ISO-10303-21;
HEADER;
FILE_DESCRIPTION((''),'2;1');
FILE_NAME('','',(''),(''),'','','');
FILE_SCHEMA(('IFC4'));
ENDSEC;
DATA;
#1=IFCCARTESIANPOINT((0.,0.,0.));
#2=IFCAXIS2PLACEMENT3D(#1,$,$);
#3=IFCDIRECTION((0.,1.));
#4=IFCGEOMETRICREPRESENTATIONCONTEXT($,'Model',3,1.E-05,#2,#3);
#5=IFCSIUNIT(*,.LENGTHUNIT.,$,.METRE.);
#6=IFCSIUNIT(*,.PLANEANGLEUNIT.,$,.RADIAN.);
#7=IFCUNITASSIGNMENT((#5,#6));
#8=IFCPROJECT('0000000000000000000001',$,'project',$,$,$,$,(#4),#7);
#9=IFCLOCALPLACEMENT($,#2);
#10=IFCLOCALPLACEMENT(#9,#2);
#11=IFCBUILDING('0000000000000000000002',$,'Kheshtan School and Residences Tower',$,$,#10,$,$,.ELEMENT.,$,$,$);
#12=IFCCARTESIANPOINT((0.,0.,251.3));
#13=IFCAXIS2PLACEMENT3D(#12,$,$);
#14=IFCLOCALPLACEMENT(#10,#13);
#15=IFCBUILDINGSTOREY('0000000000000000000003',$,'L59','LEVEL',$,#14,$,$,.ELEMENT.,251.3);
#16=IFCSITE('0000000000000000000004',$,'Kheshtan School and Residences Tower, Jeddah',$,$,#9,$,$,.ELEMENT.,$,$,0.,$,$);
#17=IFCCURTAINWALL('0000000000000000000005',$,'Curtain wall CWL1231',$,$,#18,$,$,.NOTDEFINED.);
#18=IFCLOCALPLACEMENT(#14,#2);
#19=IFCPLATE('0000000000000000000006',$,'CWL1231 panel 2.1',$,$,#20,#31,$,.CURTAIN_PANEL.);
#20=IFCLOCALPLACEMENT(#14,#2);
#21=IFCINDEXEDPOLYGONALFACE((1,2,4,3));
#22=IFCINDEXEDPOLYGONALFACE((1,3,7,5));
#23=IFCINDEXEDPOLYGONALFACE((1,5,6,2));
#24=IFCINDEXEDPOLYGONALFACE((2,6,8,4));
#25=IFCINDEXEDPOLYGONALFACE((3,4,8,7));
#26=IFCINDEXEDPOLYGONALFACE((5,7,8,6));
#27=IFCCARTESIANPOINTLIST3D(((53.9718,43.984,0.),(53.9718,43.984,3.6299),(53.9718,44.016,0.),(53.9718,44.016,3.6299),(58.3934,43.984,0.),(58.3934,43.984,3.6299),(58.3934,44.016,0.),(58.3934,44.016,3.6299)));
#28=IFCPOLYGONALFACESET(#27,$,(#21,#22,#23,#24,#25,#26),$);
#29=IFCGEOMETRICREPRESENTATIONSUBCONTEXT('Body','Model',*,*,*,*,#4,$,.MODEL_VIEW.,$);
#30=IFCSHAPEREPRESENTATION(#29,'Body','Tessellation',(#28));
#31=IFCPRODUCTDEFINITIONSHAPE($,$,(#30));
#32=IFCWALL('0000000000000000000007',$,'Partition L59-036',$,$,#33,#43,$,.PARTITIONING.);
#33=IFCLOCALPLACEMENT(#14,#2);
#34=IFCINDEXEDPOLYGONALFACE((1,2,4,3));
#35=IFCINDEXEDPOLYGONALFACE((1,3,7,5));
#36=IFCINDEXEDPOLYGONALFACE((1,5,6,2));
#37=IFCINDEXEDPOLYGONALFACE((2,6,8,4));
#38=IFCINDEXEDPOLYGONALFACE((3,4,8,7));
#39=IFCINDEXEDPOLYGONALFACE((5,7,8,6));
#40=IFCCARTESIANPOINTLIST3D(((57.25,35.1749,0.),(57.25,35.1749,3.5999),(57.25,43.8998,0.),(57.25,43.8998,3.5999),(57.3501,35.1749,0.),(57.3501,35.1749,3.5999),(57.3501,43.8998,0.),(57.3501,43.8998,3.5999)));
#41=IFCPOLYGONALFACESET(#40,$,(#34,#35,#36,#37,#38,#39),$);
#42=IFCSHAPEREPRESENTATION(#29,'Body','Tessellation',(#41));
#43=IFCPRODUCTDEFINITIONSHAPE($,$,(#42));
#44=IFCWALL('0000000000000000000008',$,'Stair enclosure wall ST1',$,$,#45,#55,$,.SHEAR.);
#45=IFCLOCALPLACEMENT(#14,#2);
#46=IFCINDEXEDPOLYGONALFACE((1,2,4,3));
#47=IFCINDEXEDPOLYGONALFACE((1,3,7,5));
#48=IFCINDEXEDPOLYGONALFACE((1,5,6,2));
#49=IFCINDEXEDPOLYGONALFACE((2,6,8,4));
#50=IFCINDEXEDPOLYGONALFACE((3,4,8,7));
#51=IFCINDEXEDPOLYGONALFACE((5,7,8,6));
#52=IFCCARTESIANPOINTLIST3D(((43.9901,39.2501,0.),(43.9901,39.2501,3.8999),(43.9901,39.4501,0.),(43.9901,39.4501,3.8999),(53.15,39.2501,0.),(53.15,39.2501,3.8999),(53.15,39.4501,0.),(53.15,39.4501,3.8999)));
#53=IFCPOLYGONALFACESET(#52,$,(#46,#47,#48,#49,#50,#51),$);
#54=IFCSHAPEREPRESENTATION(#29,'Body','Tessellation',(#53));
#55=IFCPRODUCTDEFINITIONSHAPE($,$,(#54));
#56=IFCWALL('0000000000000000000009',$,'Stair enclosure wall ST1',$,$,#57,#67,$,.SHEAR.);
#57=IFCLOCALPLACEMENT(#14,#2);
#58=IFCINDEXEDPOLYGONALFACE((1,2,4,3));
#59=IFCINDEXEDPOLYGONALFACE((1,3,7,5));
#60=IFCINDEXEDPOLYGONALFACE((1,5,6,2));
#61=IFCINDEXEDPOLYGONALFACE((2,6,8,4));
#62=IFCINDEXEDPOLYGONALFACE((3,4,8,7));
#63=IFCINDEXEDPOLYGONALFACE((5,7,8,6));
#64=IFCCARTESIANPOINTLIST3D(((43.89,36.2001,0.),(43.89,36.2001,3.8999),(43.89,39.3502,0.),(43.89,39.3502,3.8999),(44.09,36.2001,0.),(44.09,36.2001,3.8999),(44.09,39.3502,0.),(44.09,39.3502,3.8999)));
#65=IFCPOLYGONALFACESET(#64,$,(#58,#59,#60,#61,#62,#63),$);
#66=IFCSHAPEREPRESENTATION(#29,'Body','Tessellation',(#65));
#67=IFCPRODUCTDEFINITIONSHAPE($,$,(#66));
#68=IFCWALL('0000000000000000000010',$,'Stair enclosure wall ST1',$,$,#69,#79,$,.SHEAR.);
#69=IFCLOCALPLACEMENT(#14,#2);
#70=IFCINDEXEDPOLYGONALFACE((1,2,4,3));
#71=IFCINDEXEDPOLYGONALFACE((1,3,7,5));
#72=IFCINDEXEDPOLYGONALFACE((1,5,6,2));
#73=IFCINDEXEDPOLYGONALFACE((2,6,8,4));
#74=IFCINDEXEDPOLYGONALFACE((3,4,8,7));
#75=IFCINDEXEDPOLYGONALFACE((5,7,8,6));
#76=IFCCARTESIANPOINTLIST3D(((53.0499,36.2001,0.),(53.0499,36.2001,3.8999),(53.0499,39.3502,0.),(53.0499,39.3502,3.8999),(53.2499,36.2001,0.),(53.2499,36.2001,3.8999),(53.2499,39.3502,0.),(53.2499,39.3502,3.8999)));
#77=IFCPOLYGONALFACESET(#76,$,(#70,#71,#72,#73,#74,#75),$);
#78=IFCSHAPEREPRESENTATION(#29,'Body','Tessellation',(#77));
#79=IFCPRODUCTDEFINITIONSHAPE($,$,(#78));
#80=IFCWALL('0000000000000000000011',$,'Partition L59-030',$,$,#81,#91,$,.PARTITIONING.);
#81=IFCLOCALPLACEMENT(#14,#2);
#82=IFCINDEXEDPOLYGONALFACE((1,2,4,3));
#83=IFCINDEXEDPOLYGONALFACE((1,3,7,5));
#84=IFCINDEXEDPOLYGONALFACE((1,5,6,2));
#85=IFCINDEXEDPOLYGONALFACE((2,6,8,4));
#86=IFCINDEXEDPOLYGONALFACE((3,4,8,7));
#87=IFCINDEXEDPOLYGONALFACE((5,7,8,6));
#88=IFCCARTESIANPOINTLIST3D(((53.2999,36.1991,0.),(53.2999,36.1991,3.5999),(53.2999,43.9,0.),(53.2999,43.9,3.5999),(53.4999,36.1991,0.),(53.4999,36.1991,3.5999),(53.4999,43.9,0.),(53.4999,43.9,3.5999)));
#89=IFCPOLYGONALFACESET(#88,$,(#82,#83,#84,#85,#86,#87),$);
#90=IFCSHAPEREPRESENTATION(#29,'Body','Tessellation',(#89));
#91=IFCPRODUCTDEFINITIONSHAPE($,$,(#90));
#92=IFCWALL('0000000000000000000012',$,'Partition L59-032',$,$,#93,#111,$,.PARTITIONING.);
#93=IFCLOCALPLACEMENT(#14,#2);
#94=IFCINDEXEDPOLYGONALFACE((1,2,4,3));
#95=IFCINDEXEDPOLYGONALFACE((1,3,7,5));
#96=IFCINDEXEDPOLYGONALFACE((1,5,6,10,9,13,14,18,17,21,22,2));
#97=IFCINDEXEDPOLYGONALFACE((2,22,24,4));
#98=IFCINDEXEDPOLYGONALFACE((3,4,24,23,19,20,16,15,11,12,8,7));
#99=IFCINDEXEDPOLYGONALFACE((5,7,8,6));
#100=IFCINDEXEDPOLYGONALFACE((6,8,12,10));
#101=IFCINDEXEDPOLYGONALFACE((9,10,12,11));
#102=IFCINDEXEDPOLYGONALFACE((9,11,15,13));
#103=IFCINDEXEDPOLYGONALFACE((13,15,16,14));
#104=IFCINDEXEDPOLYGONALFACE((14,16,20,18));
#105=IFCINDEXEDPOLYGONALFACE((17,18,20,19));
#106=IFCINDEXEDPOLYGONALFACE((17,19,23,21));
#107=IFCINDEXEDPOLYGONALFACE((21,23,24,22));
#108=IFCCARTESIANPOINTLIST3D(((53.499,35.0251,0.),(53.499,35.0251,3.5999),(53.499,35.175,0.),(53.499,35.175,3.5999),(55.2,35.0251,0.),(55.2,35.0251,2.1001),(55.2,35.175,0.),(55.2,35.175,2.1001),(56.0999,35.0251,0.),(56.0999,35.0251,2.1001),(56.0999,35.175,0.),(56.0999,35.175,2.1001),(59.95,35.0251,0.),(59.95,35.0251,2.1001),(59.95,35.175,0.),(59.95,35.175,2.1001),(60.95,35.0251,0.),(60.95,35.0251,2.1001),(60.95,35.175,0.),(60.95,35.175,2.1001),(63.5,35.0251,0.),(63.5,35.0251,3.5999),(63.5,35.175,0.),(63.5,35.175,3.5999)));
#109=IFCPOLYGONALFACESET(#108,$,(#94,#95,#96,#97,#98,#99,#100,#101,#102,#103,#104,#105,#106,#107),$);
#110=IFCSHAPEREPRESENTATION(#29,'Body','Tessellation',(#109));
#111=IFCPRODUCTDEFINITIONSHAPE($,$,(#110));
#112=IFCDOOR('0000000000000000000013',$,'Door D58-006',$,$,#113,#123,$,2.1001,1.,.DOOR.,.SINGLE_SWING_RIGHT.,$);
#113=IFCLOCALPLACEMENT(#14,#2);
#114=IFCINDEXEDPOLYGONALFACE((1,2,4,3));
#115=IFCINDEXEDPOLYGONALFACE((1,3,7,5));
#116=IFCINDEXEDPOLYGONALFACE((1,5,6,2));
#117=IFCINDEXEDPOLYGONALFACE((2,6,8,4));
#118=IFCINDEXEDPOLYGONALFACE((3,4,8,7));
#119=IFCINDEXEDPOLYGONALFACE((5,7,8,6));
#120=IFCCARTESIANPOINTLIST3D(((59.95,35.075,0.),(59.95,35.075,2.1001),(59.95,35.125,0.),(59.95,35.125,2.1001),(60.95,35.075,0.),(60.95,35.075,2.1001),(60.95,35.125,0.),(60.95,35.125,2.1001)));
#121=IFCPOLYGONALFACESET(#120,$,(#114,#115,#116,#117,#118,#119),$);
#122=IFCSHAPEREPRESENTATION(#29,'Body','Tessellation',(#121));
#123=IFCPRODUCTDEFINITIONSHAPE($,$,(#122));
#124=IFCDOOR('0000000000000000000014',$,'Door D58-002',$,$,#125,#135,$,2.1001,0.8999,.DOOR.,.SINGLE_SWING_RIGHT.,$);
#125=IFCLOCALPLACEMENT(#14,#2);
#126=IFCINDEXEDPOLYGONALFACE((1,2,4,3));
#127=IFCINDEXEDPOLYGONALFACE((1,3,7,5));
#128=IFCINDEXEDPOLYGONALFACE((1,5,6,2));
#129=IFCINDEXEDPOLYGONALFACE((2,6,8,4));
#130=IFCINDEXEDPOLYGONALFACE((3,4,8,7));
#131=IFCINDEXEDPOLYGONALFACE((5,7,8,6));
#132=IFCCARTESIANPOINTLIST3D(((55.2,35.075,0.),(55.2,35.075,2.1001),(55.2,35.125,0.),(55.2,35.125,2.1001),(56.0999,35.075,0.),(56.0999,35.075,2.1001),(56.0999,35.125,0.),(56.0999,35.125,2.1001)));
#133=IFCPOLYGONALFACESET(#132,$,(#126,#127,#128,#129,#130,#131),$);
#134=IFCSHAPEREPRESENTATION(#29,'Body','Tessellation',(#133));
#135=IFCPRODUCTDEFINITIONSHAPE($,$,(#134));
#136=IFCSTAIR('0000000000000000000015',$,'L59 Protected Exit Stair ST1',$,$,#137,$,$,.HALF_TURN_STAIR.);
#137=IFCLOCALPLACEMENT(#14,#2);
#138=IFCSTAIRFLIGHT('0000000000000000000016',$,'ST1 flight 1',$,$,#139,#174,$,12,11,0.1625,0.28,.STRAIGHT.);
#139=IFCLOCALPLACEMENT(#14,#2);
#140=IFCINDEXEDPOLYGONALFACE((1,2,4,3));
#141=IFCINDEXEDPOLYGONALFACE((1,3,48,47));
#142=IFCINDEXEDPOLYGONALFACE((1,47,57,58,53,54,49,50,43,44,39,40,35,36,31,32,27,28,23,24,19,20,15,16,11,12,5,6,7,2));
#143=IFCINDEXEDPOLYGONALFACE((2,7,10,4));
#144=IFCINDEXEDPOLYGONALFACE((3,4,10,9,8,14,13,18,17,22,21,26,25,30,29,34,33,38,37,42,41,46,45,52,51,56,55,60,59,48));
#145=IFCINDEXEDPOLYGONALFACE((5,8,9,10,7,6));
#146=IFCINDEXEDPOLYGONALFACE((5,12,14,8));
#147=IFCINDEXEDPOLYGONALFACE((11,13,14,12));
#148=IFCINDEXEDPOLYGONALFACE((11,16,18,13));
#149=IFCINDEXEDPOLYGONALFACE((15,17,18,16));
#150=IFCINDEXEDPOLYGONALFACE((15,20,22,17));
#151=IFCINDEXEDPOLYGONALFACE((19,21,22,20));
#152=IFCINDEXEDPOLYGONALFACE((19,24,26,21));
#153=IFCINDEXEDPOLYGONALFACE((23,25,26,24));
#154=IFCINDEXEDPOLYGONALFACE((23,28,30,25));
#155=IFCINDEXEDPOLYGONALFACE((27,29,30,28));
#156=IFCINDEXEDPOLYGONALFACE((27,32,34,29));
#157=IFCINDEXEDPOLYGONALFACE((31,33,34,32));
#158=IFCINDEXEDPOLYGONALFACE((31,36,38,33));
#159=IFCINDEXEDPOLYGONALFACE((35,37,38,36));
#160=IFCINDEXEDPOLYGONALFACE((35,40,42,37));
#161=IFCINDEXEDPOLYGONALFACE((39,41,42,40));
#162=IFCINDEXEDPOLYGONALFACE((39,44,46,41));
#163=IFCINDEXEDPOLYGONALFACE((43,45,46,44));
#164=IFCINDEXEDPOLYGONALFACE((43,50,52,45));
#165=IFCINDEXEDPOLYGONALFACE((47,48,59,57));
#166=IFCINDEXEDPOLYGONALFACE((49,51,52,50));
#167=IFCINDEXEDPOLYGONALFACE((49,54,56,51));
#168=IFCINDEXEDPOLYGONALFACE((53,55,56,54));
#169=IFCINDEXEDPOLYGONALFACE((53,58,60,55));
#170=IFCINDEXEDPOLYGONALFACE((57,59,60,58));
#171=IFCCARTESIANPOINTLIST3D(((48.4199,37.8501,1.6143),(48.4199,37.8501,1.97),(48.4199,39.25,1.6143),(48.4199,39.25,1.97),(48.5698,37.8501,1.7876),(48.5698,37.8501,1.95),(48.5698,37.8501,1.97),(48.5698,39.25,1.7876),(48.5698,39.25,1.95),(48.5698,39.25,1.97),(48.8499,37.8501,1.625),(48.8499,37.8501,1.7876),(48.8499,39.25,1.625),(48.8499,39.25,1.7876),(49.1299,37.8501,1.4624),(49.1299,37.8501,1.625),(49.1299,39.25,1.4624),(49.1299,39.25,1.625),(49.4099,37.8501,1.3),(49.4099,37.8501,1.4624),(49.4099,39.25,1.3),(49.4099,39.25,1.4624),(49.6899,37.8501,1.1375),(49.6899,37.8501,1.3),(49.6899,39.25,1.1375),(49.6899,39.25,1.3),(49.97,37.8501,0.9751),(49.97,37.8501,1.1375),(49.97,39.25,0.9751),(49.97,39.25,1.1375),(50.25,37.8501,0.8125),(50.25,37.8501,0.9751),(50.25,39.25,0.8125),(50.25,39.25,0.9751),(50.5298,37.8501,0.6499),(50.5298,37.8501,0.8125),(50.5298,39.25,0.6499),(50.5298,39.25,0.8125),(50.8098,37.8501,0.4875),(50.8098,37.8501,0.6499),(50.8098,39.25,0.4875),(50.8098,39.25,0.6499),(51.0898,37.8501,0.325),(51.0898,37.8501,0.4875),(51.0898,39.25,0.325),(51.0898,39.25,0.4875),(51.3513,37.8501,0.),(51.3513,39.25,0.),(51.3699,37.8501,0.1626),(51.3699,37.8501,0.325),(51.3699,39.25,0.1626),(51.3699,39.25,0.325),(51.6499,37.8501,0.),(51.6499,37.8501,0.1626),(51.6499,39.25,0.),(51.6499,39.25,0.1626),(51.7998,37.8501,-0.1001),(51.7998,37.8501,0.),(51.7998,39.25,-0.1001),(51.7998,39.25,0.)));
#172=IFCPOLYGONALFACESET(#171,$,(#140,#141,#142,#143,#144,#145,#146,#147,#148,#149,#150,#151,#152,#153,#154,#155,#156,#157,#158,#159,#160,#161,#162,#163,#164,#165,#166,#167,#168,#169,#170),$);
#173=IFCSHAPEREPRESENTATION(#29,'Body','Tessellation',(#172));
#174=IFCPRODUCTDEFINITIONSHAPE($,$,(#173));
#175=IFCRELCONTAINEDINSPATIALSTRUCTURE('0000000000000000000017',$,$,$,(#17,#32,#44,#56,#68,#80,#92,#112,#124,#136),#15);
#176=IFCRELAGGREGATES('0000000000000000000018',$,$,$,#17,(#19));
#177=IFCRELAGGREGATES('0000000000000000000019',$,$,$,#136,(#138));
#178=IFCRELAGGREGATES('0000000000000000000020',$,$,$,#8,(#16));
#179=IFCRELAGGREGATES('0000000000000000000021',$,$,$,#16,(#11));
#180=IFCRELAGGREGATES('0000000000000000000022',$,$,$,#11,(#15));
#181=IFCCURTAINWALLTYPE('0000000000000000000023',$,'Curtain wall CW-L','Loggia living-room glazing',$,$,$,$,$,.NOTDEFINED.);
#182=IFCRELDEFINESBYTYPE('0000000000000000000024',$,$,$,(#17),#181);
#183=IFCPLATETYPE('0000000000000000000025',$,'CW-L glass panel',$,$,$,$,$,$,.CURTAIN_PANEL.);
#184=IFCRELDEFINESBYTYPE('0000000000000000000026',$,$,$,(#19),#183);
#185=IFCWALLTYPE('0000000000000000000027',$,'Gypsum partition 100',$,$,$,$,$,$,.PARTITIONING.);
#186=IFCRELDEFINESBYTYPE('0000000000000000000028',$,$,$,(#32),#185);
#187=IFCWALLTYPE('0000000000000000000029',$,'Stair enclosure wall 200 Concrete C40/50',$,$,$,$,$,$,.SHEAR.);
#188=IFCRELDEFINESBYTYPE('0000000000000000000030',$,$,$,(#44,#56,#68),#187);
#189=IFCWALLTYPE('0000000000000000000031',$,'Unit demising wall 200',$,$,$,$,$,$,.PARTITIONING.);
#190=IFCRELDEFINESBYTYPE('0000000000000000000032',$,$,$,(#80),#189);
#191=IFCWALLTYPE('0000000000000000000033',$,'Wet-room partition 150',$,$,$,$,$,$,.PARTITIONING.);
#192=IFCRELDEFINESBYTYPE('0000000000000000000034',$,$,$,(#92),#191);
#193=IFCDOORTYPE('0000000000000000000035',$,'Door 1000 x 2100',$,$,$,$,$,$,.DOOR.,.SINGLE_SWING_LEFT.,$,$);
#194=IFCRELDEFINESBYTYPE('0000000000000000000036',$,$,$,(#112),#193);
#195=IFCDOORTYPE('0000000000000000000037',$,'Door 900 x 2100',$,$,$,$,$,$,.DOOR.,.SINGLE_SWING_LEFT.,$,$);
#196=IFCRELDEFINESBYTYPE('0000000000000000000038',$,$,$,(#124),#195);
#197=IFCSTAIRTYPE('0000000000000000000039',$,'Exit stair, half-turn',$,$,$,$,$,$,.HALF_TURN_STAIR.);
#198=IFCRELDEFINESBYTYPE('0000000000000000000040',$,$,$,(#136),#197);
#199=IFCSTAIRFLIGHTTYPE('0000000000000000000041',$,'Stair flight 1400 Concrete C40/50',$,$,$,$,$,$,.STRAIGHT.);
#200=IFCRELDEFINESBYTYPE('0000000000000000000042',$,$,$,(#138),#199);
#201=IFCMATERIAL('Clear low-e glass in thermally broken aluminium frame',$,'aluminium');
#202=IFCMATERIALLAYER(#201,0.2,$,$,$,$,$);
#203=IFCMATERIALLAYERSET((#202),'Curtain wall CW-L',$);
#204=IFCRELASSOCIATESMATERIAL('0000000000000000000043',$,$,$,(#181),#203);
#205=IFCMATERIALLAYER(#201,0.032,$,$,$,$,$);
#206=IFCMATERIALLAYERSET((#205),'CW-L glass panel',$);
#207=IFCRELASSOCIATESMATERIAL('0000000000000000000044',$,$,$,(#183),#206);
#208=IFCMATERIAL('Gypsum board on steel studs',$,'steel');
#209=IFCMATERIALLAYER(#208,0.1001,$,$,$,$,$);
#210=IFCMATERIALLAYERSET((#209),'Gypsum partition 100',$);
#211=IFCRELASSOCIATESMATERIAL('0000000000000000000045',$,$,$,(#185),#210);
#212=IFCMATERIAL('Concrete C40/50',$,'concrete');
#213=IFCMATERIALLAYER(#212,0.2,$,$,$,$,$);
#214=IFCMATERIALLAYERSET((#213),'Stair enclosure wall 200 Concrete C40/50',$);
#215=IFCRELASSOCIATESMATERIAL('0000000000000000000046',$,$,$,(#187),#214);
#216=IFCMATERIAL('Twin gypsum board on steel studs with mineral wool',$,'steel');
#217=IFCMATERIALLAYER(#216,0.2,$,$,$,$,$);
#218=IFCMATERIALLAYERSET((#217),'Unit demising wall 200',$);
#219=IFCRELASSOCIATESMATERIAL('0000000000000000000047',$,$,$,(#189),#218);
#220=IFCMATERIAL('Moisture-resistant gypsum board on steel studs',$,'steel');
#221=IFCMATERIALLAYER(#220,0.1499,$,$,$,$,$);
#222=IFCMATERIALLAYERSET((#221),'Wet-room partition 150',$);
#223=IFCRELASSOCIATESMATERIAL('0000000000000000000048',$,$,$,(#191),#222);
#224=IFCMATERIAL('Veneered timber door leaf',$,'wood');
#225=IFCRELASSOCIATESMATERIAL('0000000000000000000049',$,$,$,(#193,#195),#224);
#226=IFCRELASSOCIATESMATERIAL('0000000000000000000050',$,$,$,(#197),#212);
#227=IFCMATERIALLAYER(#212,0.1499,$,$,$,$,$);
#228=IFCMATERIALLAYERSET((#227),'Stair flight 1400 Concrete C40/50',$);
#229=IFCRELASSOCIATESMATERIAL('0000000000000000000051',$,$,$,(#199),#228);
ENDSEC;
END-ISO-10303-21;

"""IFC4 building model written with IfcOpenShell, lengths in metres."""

from ifc_helpers import new_model, si_unit, direction, frame, frame_2d, origin, origin_2d, place, context, subcontext, project, spatial, polyline, rectangle, outline, extrude, source, transform, mapped, material, layer, layer_set, type_object, element, fill, aggregate, save


model = new_model("IFC4")

# Units and contexts
model_context = context("Model", 3, precision=1e-05, world=origin(), true_north=direction((0.0, 1.0)))
body_context = subcontext(model_context, "Body", "Model", "MODEL_VIEW")
ifc_project = project(units=[si_unit("LENGTHUNIT", "METRE"), si_unit("PLANEANGLEUNIT", "RADIAN")], contexts=[model_context])

# Site, building, storey
site_placement = place(None, origin())
site = spatial("IfcSite", under=ifc_project, at=site_placement, Name="Kheshtan School and Residences Tower, Jeddah", CompositionType="ELEMENT", RefElevation=0.0)
building_placement = place(site_placement, origin())
building = spatial("IfcBuilding", under=site, at=building_placement, Name="Kheshtan School and Residences Tower", CompositionType="ELEMENT")
storey_placement = place(building_placement, frame((0.0, 0.0, 251.3)))
storey = spatial("IfcBuildingStorey", under=building, at=storey_placement, Name="L59", Description="LEVEL", CompositionType="ELEMENT", Elevation=251.3)

# Curtain wall, plate
ifc_material_1 = material(Name="Clear low-e glass in thermally broken aluminium frame", Category="aluminium")
ifc_layer_1 = layer(ifc_material_1, 0.2)
ifc_layer_set_1 = layer_set([ifc_layer_1], Name="Curtain wall CW-L")
curtain_wall_type = type_object("IfcCurtainWallType", Name="Curtain wall CW-L", Description="Loggia living-room glazing", PredefinedType="NOTDEFINED", material=ifc_layer_set_1)
curtain_wall_placement = place(storey_placement, origin())
curtain_wall = element("IfcCurtainWall", 1, at=curtain_wall_placement, inside=storey, type_object=curtain_wall_type, Name="Curtain wall CWL1231", PredefinedType="NOTDEFINED")
ifc_layer_2 = layer(ifc_material_1, 0.032)
ifc_layer_set_2 = layer_set([ifc_layer_2], Name="CW-L glass panel")
plate_type = type_object("IfcPlateType", Name="CW-L glass panel", PredefinedType="CURTAIN_PANEL", material=ifc_layer_set_2)
plate_1_placement = place(storey_placement, frame((56.1826, 44.0, 0.0), z_axis=(0.0, 0.0, 1.0), x_axis=(1.0, 0.0, 0.0)))
plate_1 = element("IfcPlate", 2, at=plate_1_placement, type_object=plate_type, Name="CWL1231 panel 2.1", PredefinedType="CURTAIN_PANEL", context=body_context, shape_type="SweptSolid", body=[
    extrude(rectangle(XDim=4.4216, YDim=0.032, at=origin_2d()), origin(), (0.0, 0.0, 1.0), 3.6299),
])
aggregate(curtain_wall, [plate_1])

# Walls
ifc_material_2 = material(Name="Gypsum board on steel studs", Category="steel")
ifc_layer_3 = layer(ifc_material_2, 0.1001)
ifc_layer_set_3 = layer_set([ifc_layer_3], Name="Gypsum partition 100")
wall_type_1 = type_object("IfcWallType", Name="Gypsum partition 100", PredefinedType="PARTITIONING", material=ifc_layer_set_3)
wall_1_placement = place(storey_placement, frame((57.3, 35.175, 0.0), z_axis=(0.0, 0.0, 1.0), x_axis=(0.0, 1.0, 0.0)))
element("IfcWall", 3, at=wall_1_placement, inside=storey, type_object=wall_type_1, Name="Partition L59-036", PredefinedType="PARTITIONING", context=body_context, shape_type="SweptSolid", body=[
    extrude(rectangle(XDim=8.7249, YDim=0.1001, at=frame_2d((4.3623, 0.0))), origin(), (0.0, 0.0, 1.0), 3.5999),
])
ifc_material_3 = material(Name="Concrete C40/50", Category="concrete")
ifc_layer_4 = layer(ifc_material_3, 0.2)
ifc_layer_set_4 = layer_set([ifc_layer_4], Name="Stair enclosure wall 200 Concrete C40/50")
wall_type_2 = type_object("IfcWallType", Name="Stair enclosure wall 200 Concrete C40/50", PredefinedType="SHEAR", material=ifc_layer_set_4)
wall_2_placement = place(storey_placement, frame((43.99, 39.3501, 0.0), z_axis=(0.0, 0.0, 1.0), x_axis=(1.0, 0.0, 0.0)))
element("IfcWall", 4, at=wall_2_placement, inside=storey, type_object=wall_type_2, Name="Stair enclosure wall ST1", PredefinedType="SHEAR", context=body_context, shape_type="SweptSolid", body=[
    extrude(rectangle(XDim=9.1599, YDim=0.2, at=frame_2d((4.5801, 0.0))), origin(), (0.0, 0.0, 1.0), 3.8999),
])
for number, where, z_axis, x_axis, name in (
    (5, (43.99, 36.2, 0.0), (0.0, 0.0, 1.0), (0.0, 1.0, 0.0), "Stair enclosure wall ST1"),
    (6, (53.1499, 36.2, 0.0), (0.0, 0.0, 1.0), (0.0, 1.0, 0.0), "Stair enclosure wall ST1"),
):
    element("IfcWall", number, at=place(storey_placement, frame(where, z_axis=z_axis, x_axis=x_axis)), inside=storey, type_object=wall_type_2, Name=name, PredefinedType="SHEAR", context=body_context, shape_type="SweptSolid", body=[
        extrude(rectangle(XDim=3.1501, YDim=0.2, at=frame_2d((1.5752, 0.0))), origin(), (0.0, 0.0, 1.0), 3.8999),
    ])
ifc_material_4 = material(Name="Twin gypsum board on steel studs with mineral wool", Category="steel")
ifc_layer_5 = layer(ifc_material_4, 0.2)
ifc_layer_set_5 = layer_set([ifc_layer_5], Name="Unit demising wall 200")
wall_type_3 = type_object("IfcWallType", Name="Unit demising wall 200", PredefinedType="PARTITIONING", material=ifc_layer_set_5)
wall_3_placement = place(storey_placement, frame((53.3999, 36.199, 0.0), z_axis=(0.0, 0.0, 1.0), x_axis=(0.0, 1.0, 0.0)))
element("IfcWall", 7, at=wall_3_placement, inside=storey, type_object=wall_type_3, Name="Partition L59-030", PredefinedType="PARTITIONING", context=body_context, shape_type="SweptSolid", body=[
    extrude(rectangle(XDim=7.7009, YDim=0.2, at=frame_2d((3.8506, 0.0))), origin(), (0.0, 0.0, 1.0), 3.5999),
])

# Wall, openings, doors
ifc_material_5 = material(Name="Moisture-resistant gypsum board on steel studs", Category="steel")
ifc_layer_6 = layer(ifc_material_5, 0.1499)
ifc_layer_set_6 = layer_set([ifc_layer_6], Name="Wet-room partition 150")
wall_type_4 = type_object("IfcWallType", Name="Wet-room partition 150", PredefinedType="PARTITIONING", material=ifc_layer_set_6)
wall_4_placement = place(storey_placement, frame((53.499, 35.1001, 0.0), z_axis=(0.0, 0.0, 1.0), x_axis=(1.0, 0.0, 0.0)))
wall_4 = element("IfcWall", 8, at=wall_4_placement, inside=storey, type_object=wall_type_4, Name="Partition L59-032", PredefinedType="PARTITIONING", context=body_context, shape_type="SweptSolid", body=[
    extrude(rectangle(XDim=10.001, YDim=0.1499, at=frame_2d((5.0005, 0.0))), origin(), (0.0, 0.0, 1.0), 3.5999),
])
opening_1_placement = place(wall_4_placement, frame((1.7009, 0.0, 0.0)))
opening_1 = element("IfcOpeningElement", 9, at=opening_1_placement, cuts=wall_4, PredefinedType="OPENING", context=body_context, shape_type="SweptSolid", body=[
    extrude(rectangle(XDim=0.8999, YDim=2.1001, at=frame_2d((0.45, 1.05))), frame((0.0, 0.085, 0.0), z_axis=(0.0, -1.0, 0.0), x_axis=(1.0, 0.0, 0.0)), (0.0, 0.0, 1.0), 0.1699),
])
opening_2_placement = place(wall_4_placement, frame((6.4509, 0.0, 0.0)))
opening_2 = element("IfcOpeningElement", 10, at=opening_2_placement, cuts=wall_4, PredefinedType="OPENING", context=body_context, shape_type="SweptSolid", body=[
    extrude(rectangle(XDim=1.0, YDim=2.1001, at=frame_2d((0.5, 1.05))), frame((0.0, 0.085, 0.0), z_axis=(0.0, -1.0, 0.0), x_axis=(1.0, 0.0, 0.0)), (0.0, 0.0, 1.0), 0.1699),
])
ifc_material_6 = material(Name="Veneered timber door leaf", Category="wood")
door_type_1 = type_object("IfcDoorType", Name="Door 1000 x 2100", OperationType="SINGLE_SWING_LEFT", PredefinedType="DOOR", material=ifc_material_6)
shared_shape_1 = source(origin(), body_context, "Body", "SweptSolid", [
    extrude(rectangle(XDim=1.0, YDim=2.1001, at=frame_2d((0.5, 1.05))), frame((0.0, 0.0249, 0.0), z_axis=(0.0, -1.0, 0.0), x_axis=(1.0, 0.0, 0.0)), (0.0, 0.0, 1.0), 0.05),
])
door_1_placement = place(opening_2_placement, origin())
door_1 = element("IfcDoor", 11, at=door_1_placement, inside=storey, type_object=door_type_1, Name="Door D58-006", OperationType="SINGLE_SWING_RIGHT", OverallHeight=2.1001, OverallWidth=1.0, PredefinedType="DOOR", context=body_context, shape_type="MappedRepresentation", body=[
    mapped(shared_shape_1, transform((0.0, 0.0, 0.0), x_axis=(1.0, 0.0, 0.0), y_axis=(0.0, 1.0, 0.0), z_axis=(0.0, 0.0, 1.0), scale=1.0)),
])
fill(opening_2, door_1)
door_type_2 = type_object("IfcDoorType", Name="Door 900 x 2100", OperationType="SINGLE_SWING_LEFT", PredefinedType="DOOR", material=ifc_material_6)
shared_shape_2 = source(origin(), body_context, "Body", "SweptSolid", [
    extrude(rectangle(XDim=0.8999, YDim=2.1001, at=frame_2d((0.45, 1.05))), frame((0.0, 0.0249, 0.0), z_axis=(0.0, -1.0, 0.0), x_axis=(1.0, 0.0, 0.0)), (0.0, 0.0, 1.0), 0.05),
])
door_2_placement = place(opening_1_placement, origin())
door_2 = element("IfcDoor", 12, at=door_2_placement, inside=storey, type_object=door_type_2, Name="Door D58-002", OperationType="SINGLE_SWING_RIGHT", OverallHeight=2.1001, OverallWidth=0.8999, PredefinedType="DOOR", context=body_context, shape_type="MappedRepresentation", body=[
    mapped(shared_shape_2, transform((0.0, 0.0, 0.0), x_axis=(1.0, 0.0, 0.0), y_axis=(0.0, 1.0, 0.0), z_axis=(0.0, 0.0, 1.0), scale=1.0)),
])
fill(opening_1, door_2)

# Stair, stair flight
stair_type = type_object("IfcStairType", Name="Exit stair, half-turn", PredefinedType="HALF_TURN_STAIR", material=ifc_material_3)
stair_placement = place(storey_placement, origin())
stair = element("IfcStair", 13, at=stair_placement, inside=storey, type_object=stair_type, Name="L59 Protected Exit Stair ST1", PredefinedType="HALF_TURN_STAIR")
ifc_layer_7 = layer(ifc_material_3, 0.1499)
ifc_layer_set_7 = layer_set([ifc_layer_7], Name="Stair flight 1400 Concrete C40/50")
stair_flight_type = type_object("IfcStairFlightType", Name="Stair flight 1400 Concrete C40/50", PredefinedType="STRAIGHT", material=ifc_layer_set_7)
stair_flight_1_placement = place(storey_placement, frame((51.6499, 38.55, 0.0), z_axis=(0.0, 0.0, 1.0), x_axis=(-1.0, 0.0, 0.0)))
stair_flight_1 = element("IfcStairFlight", 14, at=stair_flight_1_placement, type_object=stair_flight_type, Name="ST1 flight 1", NumberOfRisers=12, NumberOfTreads=11, PredefinedType="STRAIGHT", RiserHeight=0.1625, TreadLength=0.28, context=body_context, shape_type="SweptSolid", body=[
    extrude(outline(polyline([(-0.1499, -0.1001), (-0.1499, 0.0), (0.0, 0.0), (0.0, 0.1626), (0.28, 0.1626), (0.28, 0.325), (0.5601, 0.325), (0.5601, 0.4875), (0.8401, 0.4875), (0.8401, 0.6499), (1.1201, 0.6499), (1.1201, 0.8125), (1.3999, 0.8125), (1.3999, 0.9751), (1.6799, 0.9751), (1.6799, 1.1375), (1.96, 1.1375), (1.96, 1.3), (2.24, 1.3), (2.24, 1.4624), (2.52, 1.4624), (2.52, 1.625), (2.8, 1.625), (2.8, 1.7876), (3.0801, 1.7876), (3.0801, 1.95), (3.0801, 1.97), (3.23, 1.97), (3.23, 1.6143), (0.2986, 0.0), (-0.1499, -0.1001)])), frame((0.0, 0.7, 0.0), z_axis=(0.0, -1.0, 0.0), x_axis=(1.0, 0.0, 0.0)), (0.0, 0.0, 1.0), 1.3999),
])
aggregate(stair, [stair_flight_1])

save(model, "model.ifc")
